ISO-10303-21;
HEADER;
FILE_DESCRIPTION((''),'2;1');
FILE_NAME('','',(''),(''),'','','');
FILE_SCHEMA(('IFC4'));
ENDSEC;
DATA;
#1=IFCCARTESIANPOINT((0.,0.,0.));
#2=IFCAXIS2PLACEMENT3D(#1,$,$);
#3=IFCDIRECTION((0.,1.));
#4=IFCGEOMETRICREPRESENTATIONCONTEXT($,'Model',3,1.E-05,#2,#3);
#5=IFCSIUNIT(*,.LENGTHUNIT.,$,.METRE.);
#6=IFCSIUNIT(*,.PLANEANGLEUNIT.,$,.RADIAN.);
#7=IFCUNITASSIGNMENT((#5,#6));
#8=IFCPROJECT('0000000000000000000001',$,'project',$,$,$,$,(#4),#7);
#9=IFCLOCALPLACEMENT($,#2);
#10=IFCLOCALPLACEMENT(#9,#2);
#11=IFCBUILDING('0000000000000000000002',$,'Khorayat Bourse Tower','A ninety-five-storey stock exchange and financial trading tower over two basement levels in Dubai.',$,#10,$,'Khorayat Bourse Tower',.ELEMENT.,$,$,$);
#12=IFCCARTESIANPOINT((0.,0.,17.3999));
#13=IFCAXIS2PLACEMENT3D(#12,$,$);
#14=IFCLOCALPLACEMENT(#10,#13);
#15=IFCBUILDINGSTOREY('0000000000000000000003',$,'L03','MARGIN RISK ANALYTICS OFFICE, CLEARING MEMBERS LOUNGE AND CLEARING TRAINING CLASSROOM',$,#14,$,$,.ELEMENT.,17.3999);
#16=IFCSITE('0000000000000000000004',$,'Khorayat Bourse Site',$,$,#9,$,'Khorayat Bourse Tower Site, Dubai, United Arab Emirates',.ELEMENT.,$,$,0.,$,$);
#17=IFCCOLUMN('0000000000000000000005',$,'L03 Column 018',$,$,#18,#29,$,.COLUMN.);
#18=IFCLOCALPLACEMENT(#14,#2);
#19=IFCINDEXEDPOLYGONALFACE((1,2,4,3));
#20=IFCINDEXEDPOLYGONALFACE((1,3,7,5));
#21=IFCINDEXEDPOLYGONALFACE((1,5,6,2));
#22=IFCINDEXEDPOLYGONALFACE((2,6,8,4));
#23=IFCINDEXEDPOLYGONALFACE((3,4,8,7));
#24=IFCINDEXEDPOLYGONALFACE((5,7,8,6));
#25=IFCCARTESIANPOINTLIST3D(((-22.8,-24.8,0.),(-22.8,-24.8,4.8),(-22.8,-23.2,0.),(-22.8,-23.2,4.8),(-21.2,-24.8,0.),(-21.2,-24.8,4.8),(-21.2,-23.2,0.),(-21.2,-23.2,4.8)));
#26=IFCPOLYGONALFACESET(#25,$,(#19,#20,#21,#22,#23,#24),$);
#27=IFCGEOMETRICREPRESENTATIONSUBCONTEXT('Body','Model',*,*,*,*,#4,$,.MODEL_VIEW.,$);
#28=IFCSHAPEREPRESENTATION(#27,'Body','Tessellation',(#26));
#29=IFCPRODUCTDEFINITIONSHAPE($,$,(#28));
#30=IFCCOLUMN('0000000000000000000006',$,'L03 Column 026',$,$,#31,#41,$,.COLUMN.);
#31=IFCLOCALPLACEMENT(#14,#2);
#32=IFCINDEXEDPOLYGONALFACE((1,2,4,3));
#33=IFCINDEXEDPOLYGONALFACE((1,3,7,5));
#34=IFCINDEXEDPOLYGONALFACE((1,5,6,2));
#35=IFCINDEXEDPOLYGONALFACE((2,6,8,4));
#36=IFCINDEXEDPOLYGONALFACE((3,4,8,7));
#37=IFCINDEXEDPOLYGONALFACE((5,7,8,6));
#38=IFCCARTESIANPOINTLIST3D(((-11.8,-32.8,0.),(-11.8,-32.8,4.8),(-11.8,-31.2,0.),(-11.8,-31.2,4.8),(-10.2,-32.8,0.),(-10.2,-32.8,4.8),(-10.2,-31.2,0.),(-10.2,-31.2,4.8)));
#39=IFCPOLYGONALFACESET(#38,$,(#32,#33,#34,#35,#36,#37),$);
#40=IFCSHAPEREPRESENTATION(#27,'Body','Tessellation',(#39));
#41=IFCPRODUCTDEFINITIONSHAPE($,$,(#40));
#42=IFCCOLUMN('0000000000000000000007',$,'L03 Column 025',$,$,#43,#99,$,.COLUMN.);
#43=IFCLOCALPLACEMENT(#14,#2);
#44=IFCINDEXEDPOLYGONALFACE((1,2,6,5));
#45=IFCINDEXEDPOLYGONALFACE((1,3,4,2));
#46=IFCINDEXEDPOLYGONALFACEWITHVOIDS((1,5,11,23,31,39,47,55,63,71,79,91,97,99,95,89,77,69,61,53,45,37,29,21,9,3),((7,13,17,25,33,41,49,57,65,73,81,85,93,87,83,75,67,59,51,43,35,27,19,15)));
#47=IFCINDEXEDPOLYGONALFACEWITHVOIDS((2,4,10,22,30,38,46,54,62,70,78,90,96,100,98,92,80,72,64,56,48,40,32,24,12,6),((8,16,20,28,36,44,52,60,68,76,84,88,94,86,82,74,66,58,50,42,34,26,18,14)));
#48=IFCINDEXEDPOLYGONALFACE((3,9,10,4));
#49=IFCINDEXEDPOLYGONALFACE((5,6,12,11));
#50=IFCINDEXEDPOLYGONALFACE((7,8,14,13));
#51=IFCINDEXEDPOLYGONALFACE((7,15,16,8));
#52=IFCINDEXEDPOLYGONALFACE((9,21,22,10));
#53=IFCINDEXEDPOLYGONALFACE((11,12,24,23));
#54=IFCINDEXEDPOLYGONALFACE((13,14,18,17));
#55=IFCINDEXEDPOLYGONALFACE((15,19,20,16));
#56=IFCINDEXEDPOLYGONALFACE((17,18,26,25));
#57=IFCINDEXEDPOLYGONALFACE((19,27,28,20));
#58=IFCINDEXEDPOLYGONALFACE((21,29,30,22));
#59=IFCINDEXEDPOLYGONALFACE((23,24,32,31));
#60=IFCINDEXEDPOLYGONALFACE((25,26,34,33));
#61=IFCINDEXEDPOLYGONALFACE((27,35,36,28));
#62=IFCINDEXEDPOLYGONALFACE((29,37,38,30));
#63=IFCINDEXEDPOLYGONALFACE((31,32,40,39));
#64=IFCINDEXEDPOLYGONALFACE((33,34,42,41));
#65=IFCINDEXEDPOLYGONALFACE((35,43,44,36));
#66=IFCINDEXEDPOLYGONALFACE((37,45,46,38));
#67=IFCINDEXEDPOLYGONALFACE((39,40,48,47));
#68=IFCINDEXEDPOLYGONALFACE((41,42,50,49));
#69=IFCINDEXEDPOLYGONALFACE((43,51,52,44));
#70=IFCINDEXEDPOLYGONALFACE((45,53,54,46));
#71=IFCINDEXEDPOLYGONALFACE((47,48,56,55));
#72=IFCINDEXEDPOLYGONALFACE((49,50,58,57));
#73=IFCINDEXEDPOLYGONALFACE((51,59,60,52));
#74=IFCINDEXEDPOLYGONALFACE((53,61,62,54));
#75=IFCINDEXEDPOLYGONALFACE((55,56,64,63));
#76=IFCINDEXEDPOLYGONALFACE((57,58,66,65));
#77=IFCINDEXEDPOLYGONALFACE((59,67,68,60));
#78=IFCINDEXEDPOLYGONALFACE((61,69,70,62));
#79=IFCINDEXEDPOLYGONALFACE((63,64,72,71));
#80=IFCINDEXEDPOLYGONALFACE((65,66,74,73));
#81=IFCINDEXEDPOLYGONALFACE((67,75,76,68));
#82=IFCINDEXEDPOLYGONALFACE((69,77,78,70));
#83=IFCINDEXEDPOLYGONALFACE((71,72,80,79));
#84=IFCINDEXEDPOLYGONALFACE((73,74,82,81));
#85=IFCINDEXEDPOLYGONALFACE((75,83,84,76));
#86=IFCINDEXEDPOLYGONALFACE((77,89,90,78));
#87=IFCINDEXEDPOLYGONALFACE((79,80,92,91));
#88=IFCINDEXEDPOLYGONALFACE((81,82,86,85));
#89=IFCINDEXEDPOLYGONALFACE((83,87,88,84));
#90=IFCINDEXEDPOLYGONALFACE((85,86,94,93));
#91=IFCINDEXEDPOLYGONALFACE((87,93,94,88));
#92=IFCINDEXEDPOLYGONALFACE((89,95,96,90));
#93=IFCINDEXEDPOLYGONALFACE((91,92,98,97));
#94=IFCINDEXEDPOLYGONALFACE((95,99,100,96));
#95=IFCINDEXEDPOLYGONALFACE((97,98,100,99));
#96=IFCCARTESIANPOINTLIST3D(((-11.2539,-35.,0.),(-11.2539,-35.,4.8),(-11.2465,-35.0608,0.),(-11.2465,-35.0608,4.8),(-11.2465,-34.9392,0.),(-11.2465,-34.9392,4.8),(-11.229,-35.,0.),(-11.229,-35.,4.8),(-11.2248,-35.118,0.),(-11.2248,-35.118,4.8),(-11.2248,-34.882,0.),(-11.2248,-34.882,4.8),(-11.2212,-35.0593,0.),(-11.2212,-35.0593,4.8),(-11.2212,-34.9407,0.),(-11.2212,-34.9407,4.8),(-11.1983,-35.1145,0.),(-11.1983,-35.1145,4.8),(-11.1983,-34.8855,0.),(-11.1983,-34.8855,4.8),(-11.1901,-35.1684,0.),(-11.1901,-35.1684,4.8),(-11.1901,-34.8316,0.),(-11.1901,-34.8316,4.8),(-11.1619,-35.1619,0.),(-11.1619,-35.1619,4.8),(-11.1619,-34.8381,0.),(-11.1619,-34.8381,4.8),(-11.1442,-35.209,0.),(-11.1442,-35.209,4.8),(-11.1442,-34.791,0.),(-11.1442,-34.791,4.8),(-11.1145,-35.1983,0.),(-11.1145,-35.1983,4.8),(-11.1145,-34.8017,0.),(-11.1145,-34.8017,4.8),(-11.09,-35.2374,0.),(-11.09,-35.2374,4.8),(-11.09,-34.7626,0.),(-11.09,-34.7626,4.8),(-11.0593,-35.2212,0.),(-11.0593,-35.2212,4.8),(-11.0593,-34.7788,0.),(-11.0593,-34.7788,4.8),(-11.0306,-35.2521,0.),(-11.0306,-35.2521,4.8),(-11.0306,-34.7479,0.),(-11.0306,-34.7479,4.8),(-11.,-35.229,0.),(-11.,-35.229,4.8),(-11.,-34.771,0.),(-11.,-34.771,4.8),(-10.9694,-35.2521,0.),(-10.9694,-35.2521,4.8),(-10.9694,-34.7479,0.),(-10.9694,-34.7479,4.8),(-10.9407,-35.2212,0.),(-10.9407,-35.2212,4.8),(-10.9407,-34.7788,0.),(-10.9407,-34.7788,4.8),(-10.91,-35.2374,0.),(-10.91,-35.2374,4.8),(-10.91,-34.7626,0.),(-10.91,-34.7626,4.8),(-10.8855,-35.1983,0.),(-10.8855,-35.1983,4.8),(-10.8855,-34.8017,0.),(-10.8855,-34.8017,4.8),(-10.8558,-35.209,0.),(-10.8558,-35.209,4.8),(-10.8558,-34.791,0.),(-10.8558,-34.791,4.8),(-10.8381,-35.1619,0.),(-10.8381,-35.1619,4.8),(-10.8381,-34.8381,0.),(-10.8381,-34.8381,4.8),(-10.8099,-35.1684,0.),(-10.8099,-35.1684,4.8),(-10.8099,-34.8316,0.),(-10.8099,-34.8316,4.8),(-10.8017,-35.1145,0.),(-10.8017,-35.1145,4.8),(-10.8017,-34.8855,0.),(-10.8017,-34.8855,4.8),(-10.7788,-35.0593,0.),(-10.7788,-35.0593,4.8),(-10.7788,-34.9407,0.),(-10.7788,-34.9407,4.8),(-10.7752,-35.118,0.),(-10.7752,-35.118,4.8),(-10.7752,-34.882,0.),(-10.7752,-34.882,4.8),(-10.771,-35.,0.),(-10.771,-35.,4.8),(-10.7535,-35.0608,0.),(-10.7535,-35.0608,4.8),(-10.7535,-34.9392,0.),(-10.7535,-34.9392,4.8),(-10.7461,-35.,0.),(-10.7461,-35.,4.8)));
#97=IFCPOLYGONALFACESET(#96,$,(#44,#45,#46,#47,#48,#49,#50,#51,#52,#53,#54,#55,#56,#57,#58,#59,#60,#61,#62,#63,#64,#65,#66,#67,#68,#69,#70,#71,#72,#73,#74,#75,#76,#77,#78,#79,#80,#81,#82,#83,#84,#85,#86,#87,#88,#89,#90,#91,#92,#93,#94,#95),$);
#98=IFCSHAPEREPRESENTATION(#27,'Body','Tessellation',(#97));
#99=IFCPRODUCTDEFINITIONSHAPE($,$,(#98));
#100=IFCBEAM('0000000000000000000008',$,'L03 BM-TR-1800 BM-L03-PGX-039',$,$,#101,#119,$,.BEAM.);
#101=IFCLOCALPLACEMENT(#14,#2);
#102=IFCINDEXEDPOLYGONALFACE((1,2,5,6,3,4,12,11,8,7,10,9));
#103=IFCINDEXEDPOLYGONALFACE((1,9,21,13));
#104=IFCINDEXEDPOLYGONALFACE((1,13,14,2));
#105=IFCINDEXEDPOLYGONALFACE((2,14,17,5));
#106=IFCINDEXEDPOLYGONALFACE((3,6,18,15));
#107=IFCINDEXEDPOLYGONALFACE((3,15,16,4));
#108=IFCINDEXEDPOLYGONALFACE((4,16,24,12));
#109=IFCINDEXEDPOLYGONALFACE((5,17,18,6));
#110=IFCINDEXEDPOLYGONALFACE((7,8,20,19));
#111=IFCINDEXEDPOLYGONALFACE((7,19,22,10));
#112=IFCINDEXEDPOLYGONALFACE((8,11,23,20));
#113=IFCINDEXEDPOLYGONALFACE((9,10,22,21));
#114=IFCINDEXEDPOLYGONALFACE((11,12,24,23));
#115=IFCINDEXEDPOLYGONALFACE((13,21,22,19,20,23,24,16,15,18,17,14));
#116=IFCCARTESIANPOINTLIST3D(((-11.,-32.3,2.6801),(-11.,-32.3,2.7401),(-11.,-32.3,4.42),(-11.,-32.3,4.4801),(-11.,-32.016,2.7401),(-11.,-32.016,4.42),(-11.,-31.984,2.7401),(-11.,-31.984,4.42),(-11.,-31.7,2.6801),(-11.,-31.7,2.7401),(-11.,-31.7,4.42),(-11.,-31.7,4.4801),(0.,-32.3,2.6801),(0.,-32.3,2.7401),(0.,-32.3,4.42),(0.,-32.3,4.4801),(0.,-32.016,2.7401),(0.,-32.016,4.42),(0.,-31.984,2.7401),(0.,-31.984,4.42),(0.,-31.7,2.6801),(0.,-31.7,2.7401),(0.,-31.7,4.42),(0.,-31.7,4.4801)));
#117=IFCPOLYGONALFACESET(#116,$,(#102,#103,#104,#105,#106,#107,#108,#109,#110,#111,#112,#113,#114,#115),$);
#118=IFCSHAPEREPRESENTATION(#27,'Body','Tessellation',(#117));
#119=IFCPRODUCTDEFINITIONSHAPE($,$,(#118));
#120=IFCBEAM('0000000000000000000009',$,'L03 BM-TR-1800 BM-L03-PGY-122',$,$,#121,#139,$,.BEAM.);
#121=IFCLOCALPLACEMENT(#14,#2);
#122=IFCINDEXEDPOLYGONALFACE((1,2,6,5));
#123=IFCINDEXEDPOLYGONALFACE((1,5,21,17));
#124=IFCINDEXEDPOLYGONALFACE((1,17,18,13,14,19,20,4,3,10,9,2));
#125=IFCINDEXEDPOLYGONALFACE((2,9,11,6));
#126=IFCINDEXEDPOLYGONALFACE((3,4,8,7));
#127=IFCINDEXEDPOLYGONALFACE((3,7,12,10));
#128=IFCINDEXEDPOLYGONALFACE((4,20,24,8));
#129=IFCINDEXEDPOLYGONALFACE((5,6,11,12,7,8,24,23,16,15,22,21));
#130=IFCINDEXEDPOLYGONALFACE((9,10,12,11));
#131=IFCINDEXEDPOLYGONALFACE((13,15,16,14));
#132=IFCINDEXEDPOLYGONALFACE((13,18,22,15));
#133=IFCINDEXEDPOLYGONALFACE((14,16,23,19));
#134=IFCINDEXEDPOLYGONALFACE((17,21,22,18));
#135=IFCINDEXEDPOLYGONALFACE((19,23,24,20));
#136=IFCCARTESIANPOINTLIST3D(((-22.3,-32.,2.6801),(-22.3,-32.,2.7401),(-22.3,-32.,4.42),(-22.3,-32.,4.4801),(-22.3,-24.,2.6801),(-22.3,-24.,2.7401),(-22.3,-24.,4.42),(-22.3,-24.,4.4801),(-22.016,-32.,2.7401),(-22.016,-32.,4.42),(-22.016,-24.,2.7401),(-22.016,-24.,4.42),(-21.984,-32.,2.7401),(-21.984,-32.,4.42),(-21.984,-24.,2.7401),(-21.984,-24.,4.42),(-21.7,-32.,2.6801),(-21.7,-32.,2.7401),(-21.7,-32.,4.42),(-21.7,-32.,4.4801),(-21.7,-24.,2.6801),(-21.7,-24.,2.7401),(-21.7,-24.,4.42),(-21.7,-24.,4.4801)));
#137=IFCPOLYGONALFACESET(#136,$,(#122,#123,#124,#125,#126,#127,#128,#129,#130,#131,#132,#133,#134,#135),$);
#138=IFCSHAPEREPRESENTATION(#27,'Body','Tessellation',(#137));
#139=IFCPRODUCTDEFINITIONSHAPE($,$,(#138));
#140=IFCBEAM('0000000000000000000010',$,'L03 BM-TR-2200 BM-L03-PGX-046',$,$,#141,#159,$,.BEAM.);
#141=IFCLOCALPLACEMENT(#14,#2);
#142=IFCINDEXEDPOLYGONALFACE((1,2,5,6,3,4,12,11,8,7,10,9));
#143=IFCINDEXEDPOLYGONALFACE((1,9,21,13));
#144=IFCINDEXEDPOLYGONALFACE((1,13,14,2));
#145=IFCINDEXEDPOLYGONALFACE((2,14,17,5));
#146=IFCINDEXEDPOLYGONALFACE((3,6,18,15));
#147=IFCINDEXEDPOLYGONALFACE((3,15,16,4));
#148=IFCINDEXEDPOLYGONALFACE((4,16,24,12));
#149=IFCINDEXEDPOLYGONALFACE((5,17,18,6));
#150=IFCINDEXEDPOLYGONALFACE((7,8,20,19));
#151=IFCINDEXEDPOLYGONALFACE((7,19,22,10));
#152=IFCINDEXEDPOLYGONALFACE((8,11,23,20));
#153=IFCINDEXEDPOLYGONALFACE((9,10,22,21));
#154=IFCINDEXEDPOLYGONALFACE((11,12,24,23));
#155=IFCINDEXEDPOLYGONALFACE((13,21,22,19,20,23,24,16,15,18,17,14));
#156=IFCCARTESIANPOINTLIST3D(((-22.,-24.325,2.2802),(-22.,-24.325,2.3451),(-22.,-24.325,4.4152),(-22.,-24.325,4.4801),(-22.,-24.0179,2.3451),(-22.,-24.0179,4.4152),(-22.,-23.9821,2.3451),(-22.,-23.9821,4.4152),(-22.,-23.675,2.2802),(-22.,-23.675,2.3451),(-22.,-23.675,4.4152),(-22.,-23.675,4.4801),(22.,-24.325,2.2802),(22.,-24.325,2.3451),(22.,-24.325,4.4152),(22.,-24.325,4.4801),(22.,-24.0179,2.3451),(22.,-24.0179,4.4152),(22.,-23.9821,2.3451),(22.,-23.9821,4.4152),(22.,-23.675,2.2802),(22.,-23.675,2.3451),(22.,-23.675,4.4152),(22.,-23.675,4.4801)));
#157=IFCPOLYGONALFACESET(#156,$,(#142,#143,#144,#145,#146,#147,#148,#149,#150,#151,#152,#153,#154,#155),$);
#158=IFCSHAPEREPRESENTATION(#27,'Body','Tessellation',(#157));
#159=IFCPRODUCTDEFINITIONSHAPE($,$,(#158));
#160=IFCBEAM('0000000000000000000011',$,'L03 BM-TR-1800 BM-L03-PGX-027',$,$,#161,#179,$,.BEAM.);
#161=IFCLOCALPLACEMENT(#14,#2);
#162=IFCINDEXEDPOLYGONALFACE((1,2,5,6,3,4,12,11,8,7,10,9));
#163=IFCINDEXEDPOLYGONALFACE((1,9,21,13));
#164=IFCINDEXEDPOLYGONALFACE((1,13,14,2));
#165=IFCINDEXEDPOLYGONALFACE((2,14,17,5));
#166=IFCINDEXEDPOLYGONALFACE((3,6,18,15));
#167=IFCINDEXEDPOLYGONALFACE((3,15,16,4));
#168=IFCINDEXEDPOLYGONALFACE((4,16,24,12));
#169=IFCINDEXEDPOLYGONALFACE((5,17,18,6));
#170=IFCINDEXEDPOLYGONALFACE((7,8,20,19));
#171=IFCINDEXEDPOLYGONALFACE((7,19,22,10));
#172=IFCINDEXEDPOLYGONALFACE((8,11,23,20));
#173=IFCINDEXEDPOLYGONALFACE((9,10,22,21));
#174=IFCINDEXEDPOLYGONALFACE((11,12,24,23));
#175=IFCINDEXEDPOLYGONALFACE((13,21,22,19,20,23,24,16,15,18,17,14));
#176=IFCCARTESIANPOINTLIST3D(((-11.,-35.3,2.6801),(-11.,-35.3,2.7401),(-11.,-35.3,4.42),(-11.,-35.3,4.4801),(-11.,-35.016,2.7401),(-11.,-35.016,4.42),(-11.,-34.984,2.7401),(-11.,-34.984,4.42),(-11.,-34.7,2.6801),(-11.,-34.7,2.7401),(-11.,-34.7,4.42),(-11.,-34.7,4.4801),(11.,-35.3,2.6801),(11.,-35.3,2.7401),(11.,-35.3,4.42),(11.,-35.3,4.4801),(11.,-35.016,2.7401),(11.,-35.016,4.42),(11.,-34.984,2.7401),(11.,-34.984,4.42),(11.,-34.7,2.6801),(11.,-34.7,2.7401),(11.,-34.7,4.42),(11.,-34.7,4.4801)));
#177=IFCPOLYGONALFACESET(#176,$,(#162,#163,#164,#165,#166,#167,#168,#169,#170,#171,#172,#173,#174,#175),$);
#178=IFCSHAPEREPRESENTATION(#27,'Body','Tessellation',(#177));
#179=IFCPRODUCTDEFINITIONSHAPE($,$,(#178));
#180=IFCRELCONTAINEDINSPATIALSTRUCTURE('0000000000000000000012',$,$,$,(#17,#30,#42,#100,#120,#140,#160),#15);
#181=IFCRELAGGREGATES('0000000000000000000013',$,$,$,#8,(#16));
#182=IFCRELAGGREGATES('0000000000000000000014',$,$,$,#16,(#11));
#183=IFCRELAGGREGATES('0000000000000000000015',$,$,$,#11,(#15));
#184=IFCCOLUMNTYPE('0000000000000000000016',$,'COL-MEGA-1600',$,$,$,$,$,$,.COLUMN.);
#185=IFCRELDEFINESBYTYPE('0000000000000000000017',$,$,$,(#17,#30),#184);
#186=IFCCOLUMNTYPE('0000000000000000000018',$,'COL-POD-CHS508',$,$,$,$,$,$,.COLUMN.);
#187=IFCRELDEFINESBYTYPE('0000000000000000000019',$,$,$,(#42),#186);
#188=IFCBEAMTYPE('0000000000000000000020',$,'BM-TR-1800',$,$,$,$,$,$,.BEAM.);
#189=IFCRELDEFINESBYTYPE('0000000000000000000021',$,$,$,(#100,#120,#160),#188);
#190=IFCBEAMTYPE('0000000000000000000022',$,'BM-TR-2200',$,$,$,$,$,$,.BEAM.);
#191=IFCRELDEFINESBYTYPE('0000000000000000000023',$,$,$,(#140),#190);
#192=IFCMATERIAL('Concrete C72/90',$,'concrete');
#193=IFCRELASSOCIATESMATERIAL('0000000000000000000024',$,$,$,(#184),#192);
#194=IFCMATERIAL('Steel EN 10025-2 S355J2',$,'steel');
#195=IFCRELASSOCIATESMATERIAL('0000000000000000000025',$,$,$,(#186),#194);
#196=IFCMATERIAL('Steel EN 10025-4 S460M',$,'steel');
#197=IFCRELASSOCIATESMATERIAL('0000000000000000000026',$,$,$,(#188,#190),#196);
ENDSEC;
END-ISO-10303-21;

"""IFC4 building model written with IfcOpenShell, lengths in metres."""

from ifc_helpers import new_model, si_unit, direction, frame, origin, origin_2d, place, context, subcontext, project, spatial, rectangle, hollow_circle, i_section, extrude, source, transform, mapped, material, material_profile, profile_set, type_object, element, save


model = new_model("IFC4")

# Units and contexts
model_context = context("Model", 3, precision=1e-05, world=origin(), true_north=direction((0.0, 1.0)))
body_context = subcontext(model_context, "Body", "Model", "MODEL_VIEW")
ifc_project = project(units=[si_unit("LENGTHUNIT", "METRE"), si_unit("PLANEANGLEUNIT", "RADIAN")], contexts=[model_context])

# Site, building, storey
site_placement = place(None, origin())
site = spatial("IfcSite", under=ifc_project, at=site_placement, Name="Khorayat Bourse Site", LongName="Khorayat Bourse Tower Site, Dubai, United Arab Emirates", CompositionType="ELEMENT", RefElevation=0.0)
building_placement = place(site_placement, origin())
building = spatial("IfcBuilding", under=site, at=building_placement, Name="Khorayat Bourse Tower", Description="A ninety-five-storey stock exchange and financial trading tower over two basement levels in Dubai.", LongName="Khorayat Bourse Tower", CompositionType="ELEMENT")
storey_placement = place(building_placement, frame((0.0, 0.0, 17.3999)))
storey = spatial("IfcBuildingStorey", under=building, at=storey_placement, Name="L03", Description="MARGIN RISK ANALYTICS OFFICE, CLEARING MEMBERS LOUNGE AND CLEARING TRAINING CLASSROOM", CompositionType="ELEMENT", Elevation=17.3999)

# Columns
ifc_material_1 = material(Name="Concrete C72/90", Category="concrete")
ifc_material_profile_1 = material_profile(ifc_material_1, rectangle(XDim=1.6001, YDim=1.6001, at=origin_2d()), Name="RC 1600x1600")
ifc_profile_set_1 = profile_set([ifc_material_profile_1], Name="Concrete C72/90")
column_type_1 = type_object("IfcColumnType", Name="COL-MEGA-1600", PredefinedType="COLUMN", material=ifc_profile_set_1)
shared_shape_1 = source(origin(), body_context, "Body", "SweptSolid", [
    extrude(rectangle(XDim=1.6001, YDim=1.6001, at=origin_2d()), origin(), (0.0, 0.0, 1.0), 4.8),
])
for number, where, z_axis, x_axis, name in (
    (1, (-22.0, -24.0, 0.0), (0.0, 0.0, 1.0), (1.0, 0.0, 0.0), "L03 Column 018"),
    (2, (-11.0, -32.0, 0.0), (0.0, 0.0, 1.0), (1.0, 0.0, 0.0), "L03 Column 026"),
):
    element("IfcColumn", number, at=place(storey_placement, frame(where, z_axis=z_axis, x_axis=x_axis)), inside=storey, type_object=column_type_1, Name=name, PredefinedType="COLUMN", context=body_context, shape_type="MappedRepresentation", body=[
        mapped(shared_shape_1, transform((0.0, 0.0, 0.0), scale=1.0)),
    ])
ifc_material_2 = material(Name="Steel EN 10025-2 S355J2", Category="steel")
ifc_material_profile_2 = material_profile(ifc_material_2, hollow_circle(Radius=0.2539, WallThickness=0.0249, at=origin_2d()), Name="CHS 508x25")
ifc_profile_set_2 = profile_set([ifc_material_profile_2], Name="Steel EN 10025-2 S355J2")
column_type_2 = type_object("IfcColumnType", Name="COL-POD-CHS508", PredefinedType="COLUMN", material=ifc_profile_set_2)
shared_shape_2 = source(origin(), body_context, "Body", "SweptSolid", [
    extrude(hollow_circle(Radius=0.2539, WallThickness=0.0249, at=origin_2d()), origin(), (0.0, 0.0, 1.0), 4.8),
])
column_placement = place(storey_placement, frame((-11.0, -35.0, 0.0), z_axis=(0.0, 0.0, 1.0), x_axis=(1.0, 0.0, 0.0)))
element("IfcColumn", 3, at=column_placement, inside=storey, type_object=column_type_2, Name="L03 Column 025", PredefinedType="COLUMN", context=body_context, shape_type="MappedRepresentation", body=[
    mapped(shared_shape_2, transform((0.0, 0.0, 0.0), scale=1.0)),
])

# Beams
ifc_material_3 = material(Name="Steel EN 10025-4 S460M", Category="steel")
ifc_material_profile_3 = material_profile(ifc_material_3, i_section(OverallWidth=0.6001, OverallDepth=1.8, WebThickness=0.032, FlangeThickness=0.0601, at=origin_2d()), Name="PG 1800x600x32x60")
ifc_profile_set_3 = profile_set([ifc_material_profile_3], Name="Steel EN 10025-4 S460M")
beam_type_1 = type_object("IfcBeamType", Name="BM-TR-1800", PredefinedType="BEAM", material=ifc_profile_set_3)
shared_shape_3 = source(origin(), body_context, "Body", "SweptSolid", [
    extrude(i_section(OverallWidth=0.6001, OverallDepth=1.8, WebThickness=0.032, FlangeThickness=0.0601, at=origin_2d()), origin(), (0.0, 0.0, 1.0), 11.0),
])
beam_1_placement = place(storey_placement, frame((-11.0, -32.0, 3.5801), z_axis=(1.0, 0.0, 0.0), x_axis=(0.0, 1.0, 0.0)))
element("IfcBeam", 4, at=beam_1_placement, inside=storey, type_object=beam_type_1, Name="L03 BM-TR-1800 BM-L03-PGX-039", PredefinedType="BEAM", context=body_context, shape_type="MappedRepresentation", body=[
    mapped(shared_shape_3, transform((0.0, 0.0, 0.0), scale=1.0)),
])
shared_shape_4 = source(origin(), body_context, "Body", "SweptSolid", [
    extrude(i_section(OverallWidth=0.6001, OverallDepth=1.8, WebThickness=0.032, FlangeThickness=0.0601, at=origin_2d()), origin(), (0.0, 0.0, 1.0), 8.0),
])
beam_2_placement = place(storey_placement, frame((-22.0, -32.0, 3.5801), z_axis=(0.0, 1.0, 0.0), x_axis=(-1.0, 0.0, 0.0)))
element("IfcBeam", 5, at=beam_2_placement, inside=storey, type_object=beam_type_1, Name="L03 BM-TR-1800 BM-L03-PGY-122", PredefinedType="BEAM", context=body_context, shape_type="MappedRepresentation", body=[
    mapped(shared_shape_4, transform((0.0, 0.0, 0.0), scale=1.0)),
])
ifc_material_profile_4 = material_profile(ifc_material_3, i_section(OverallWidth=0.6499, OverallDepth=2.2, WebThickness=0.0359, FlangeThickness=0.0649, at=origin_2d()), Name="PG 2200x650x36x65")
ifc_profile_set_4 = profile_set([ifc_material_profile_4], Name="Steel EN 10025-4 S460M")
beam_type_2 = type_object("IfcBeamType", Name="BM-TR-2200", PredefinedType="BEAM", material=ifc_profile_set_4)
shared_shape_5 = source(origin(), body_context, "Body", "SweptSolid", [
    extrude(i_section(OverallWidth=0.6499, OverallDepth=2.2, WebThickness=0.0359, FlangeThickness=0.0649, at=origin_2d()), origin(), (0.0, 0.0, 1.0), 44.0),
])
beam_3_placement = place(storey_placement, frame((-22.0, -24.0, 3.3801), z_axis=(1.0, 0.0, 0.0), x_axis=(0.0, 1.0, 0.0)))
element("IfcBeam", 6, at=beam_3_placement, inside=storey, type_object=beam_type_2, Name="L03 BM-TR-2200 BM-L03-PGX-046", PredefinedType="BEAM", context=body_context, shape_type="MappedRepresentation", body=[
    mapped(shared_shape_5, transform((0.0, 0.0, 0.0), scale=1.0)),
])
shared_shape_6 = source(origin(), body_context, "Body", "SweptSolid", [
    extrude(i_section(OverallWidth=0.6001, OverallDepth=1.8, WebThickness=0.032, FlangeThickness=0.0601, at=origin_2d()), origin(), (0.0, 0.0, 1.0), 22.0),
])
beam_4_placement = place(storey_placement, frame((-11.0, -35.0, 3.5801), z_axis=(1.0, 0.0, 0.0), x_axis=(0.0, 1.0, 0.0)))
element("IfcBeam", 7, at=beam_4_placement, inside=storey, type_object=beam_type_1, Name="L03 BM-TR-1800 BM-L03-PGX-027", PredefinedType="BEAM", context=body_context, shape_type="MappedRepresentation", body=[
    mapped(shared_shape_6, transform((0.0, 0.0, 0.0), scale=1.0)),
])

save(model, "model.ifc")
